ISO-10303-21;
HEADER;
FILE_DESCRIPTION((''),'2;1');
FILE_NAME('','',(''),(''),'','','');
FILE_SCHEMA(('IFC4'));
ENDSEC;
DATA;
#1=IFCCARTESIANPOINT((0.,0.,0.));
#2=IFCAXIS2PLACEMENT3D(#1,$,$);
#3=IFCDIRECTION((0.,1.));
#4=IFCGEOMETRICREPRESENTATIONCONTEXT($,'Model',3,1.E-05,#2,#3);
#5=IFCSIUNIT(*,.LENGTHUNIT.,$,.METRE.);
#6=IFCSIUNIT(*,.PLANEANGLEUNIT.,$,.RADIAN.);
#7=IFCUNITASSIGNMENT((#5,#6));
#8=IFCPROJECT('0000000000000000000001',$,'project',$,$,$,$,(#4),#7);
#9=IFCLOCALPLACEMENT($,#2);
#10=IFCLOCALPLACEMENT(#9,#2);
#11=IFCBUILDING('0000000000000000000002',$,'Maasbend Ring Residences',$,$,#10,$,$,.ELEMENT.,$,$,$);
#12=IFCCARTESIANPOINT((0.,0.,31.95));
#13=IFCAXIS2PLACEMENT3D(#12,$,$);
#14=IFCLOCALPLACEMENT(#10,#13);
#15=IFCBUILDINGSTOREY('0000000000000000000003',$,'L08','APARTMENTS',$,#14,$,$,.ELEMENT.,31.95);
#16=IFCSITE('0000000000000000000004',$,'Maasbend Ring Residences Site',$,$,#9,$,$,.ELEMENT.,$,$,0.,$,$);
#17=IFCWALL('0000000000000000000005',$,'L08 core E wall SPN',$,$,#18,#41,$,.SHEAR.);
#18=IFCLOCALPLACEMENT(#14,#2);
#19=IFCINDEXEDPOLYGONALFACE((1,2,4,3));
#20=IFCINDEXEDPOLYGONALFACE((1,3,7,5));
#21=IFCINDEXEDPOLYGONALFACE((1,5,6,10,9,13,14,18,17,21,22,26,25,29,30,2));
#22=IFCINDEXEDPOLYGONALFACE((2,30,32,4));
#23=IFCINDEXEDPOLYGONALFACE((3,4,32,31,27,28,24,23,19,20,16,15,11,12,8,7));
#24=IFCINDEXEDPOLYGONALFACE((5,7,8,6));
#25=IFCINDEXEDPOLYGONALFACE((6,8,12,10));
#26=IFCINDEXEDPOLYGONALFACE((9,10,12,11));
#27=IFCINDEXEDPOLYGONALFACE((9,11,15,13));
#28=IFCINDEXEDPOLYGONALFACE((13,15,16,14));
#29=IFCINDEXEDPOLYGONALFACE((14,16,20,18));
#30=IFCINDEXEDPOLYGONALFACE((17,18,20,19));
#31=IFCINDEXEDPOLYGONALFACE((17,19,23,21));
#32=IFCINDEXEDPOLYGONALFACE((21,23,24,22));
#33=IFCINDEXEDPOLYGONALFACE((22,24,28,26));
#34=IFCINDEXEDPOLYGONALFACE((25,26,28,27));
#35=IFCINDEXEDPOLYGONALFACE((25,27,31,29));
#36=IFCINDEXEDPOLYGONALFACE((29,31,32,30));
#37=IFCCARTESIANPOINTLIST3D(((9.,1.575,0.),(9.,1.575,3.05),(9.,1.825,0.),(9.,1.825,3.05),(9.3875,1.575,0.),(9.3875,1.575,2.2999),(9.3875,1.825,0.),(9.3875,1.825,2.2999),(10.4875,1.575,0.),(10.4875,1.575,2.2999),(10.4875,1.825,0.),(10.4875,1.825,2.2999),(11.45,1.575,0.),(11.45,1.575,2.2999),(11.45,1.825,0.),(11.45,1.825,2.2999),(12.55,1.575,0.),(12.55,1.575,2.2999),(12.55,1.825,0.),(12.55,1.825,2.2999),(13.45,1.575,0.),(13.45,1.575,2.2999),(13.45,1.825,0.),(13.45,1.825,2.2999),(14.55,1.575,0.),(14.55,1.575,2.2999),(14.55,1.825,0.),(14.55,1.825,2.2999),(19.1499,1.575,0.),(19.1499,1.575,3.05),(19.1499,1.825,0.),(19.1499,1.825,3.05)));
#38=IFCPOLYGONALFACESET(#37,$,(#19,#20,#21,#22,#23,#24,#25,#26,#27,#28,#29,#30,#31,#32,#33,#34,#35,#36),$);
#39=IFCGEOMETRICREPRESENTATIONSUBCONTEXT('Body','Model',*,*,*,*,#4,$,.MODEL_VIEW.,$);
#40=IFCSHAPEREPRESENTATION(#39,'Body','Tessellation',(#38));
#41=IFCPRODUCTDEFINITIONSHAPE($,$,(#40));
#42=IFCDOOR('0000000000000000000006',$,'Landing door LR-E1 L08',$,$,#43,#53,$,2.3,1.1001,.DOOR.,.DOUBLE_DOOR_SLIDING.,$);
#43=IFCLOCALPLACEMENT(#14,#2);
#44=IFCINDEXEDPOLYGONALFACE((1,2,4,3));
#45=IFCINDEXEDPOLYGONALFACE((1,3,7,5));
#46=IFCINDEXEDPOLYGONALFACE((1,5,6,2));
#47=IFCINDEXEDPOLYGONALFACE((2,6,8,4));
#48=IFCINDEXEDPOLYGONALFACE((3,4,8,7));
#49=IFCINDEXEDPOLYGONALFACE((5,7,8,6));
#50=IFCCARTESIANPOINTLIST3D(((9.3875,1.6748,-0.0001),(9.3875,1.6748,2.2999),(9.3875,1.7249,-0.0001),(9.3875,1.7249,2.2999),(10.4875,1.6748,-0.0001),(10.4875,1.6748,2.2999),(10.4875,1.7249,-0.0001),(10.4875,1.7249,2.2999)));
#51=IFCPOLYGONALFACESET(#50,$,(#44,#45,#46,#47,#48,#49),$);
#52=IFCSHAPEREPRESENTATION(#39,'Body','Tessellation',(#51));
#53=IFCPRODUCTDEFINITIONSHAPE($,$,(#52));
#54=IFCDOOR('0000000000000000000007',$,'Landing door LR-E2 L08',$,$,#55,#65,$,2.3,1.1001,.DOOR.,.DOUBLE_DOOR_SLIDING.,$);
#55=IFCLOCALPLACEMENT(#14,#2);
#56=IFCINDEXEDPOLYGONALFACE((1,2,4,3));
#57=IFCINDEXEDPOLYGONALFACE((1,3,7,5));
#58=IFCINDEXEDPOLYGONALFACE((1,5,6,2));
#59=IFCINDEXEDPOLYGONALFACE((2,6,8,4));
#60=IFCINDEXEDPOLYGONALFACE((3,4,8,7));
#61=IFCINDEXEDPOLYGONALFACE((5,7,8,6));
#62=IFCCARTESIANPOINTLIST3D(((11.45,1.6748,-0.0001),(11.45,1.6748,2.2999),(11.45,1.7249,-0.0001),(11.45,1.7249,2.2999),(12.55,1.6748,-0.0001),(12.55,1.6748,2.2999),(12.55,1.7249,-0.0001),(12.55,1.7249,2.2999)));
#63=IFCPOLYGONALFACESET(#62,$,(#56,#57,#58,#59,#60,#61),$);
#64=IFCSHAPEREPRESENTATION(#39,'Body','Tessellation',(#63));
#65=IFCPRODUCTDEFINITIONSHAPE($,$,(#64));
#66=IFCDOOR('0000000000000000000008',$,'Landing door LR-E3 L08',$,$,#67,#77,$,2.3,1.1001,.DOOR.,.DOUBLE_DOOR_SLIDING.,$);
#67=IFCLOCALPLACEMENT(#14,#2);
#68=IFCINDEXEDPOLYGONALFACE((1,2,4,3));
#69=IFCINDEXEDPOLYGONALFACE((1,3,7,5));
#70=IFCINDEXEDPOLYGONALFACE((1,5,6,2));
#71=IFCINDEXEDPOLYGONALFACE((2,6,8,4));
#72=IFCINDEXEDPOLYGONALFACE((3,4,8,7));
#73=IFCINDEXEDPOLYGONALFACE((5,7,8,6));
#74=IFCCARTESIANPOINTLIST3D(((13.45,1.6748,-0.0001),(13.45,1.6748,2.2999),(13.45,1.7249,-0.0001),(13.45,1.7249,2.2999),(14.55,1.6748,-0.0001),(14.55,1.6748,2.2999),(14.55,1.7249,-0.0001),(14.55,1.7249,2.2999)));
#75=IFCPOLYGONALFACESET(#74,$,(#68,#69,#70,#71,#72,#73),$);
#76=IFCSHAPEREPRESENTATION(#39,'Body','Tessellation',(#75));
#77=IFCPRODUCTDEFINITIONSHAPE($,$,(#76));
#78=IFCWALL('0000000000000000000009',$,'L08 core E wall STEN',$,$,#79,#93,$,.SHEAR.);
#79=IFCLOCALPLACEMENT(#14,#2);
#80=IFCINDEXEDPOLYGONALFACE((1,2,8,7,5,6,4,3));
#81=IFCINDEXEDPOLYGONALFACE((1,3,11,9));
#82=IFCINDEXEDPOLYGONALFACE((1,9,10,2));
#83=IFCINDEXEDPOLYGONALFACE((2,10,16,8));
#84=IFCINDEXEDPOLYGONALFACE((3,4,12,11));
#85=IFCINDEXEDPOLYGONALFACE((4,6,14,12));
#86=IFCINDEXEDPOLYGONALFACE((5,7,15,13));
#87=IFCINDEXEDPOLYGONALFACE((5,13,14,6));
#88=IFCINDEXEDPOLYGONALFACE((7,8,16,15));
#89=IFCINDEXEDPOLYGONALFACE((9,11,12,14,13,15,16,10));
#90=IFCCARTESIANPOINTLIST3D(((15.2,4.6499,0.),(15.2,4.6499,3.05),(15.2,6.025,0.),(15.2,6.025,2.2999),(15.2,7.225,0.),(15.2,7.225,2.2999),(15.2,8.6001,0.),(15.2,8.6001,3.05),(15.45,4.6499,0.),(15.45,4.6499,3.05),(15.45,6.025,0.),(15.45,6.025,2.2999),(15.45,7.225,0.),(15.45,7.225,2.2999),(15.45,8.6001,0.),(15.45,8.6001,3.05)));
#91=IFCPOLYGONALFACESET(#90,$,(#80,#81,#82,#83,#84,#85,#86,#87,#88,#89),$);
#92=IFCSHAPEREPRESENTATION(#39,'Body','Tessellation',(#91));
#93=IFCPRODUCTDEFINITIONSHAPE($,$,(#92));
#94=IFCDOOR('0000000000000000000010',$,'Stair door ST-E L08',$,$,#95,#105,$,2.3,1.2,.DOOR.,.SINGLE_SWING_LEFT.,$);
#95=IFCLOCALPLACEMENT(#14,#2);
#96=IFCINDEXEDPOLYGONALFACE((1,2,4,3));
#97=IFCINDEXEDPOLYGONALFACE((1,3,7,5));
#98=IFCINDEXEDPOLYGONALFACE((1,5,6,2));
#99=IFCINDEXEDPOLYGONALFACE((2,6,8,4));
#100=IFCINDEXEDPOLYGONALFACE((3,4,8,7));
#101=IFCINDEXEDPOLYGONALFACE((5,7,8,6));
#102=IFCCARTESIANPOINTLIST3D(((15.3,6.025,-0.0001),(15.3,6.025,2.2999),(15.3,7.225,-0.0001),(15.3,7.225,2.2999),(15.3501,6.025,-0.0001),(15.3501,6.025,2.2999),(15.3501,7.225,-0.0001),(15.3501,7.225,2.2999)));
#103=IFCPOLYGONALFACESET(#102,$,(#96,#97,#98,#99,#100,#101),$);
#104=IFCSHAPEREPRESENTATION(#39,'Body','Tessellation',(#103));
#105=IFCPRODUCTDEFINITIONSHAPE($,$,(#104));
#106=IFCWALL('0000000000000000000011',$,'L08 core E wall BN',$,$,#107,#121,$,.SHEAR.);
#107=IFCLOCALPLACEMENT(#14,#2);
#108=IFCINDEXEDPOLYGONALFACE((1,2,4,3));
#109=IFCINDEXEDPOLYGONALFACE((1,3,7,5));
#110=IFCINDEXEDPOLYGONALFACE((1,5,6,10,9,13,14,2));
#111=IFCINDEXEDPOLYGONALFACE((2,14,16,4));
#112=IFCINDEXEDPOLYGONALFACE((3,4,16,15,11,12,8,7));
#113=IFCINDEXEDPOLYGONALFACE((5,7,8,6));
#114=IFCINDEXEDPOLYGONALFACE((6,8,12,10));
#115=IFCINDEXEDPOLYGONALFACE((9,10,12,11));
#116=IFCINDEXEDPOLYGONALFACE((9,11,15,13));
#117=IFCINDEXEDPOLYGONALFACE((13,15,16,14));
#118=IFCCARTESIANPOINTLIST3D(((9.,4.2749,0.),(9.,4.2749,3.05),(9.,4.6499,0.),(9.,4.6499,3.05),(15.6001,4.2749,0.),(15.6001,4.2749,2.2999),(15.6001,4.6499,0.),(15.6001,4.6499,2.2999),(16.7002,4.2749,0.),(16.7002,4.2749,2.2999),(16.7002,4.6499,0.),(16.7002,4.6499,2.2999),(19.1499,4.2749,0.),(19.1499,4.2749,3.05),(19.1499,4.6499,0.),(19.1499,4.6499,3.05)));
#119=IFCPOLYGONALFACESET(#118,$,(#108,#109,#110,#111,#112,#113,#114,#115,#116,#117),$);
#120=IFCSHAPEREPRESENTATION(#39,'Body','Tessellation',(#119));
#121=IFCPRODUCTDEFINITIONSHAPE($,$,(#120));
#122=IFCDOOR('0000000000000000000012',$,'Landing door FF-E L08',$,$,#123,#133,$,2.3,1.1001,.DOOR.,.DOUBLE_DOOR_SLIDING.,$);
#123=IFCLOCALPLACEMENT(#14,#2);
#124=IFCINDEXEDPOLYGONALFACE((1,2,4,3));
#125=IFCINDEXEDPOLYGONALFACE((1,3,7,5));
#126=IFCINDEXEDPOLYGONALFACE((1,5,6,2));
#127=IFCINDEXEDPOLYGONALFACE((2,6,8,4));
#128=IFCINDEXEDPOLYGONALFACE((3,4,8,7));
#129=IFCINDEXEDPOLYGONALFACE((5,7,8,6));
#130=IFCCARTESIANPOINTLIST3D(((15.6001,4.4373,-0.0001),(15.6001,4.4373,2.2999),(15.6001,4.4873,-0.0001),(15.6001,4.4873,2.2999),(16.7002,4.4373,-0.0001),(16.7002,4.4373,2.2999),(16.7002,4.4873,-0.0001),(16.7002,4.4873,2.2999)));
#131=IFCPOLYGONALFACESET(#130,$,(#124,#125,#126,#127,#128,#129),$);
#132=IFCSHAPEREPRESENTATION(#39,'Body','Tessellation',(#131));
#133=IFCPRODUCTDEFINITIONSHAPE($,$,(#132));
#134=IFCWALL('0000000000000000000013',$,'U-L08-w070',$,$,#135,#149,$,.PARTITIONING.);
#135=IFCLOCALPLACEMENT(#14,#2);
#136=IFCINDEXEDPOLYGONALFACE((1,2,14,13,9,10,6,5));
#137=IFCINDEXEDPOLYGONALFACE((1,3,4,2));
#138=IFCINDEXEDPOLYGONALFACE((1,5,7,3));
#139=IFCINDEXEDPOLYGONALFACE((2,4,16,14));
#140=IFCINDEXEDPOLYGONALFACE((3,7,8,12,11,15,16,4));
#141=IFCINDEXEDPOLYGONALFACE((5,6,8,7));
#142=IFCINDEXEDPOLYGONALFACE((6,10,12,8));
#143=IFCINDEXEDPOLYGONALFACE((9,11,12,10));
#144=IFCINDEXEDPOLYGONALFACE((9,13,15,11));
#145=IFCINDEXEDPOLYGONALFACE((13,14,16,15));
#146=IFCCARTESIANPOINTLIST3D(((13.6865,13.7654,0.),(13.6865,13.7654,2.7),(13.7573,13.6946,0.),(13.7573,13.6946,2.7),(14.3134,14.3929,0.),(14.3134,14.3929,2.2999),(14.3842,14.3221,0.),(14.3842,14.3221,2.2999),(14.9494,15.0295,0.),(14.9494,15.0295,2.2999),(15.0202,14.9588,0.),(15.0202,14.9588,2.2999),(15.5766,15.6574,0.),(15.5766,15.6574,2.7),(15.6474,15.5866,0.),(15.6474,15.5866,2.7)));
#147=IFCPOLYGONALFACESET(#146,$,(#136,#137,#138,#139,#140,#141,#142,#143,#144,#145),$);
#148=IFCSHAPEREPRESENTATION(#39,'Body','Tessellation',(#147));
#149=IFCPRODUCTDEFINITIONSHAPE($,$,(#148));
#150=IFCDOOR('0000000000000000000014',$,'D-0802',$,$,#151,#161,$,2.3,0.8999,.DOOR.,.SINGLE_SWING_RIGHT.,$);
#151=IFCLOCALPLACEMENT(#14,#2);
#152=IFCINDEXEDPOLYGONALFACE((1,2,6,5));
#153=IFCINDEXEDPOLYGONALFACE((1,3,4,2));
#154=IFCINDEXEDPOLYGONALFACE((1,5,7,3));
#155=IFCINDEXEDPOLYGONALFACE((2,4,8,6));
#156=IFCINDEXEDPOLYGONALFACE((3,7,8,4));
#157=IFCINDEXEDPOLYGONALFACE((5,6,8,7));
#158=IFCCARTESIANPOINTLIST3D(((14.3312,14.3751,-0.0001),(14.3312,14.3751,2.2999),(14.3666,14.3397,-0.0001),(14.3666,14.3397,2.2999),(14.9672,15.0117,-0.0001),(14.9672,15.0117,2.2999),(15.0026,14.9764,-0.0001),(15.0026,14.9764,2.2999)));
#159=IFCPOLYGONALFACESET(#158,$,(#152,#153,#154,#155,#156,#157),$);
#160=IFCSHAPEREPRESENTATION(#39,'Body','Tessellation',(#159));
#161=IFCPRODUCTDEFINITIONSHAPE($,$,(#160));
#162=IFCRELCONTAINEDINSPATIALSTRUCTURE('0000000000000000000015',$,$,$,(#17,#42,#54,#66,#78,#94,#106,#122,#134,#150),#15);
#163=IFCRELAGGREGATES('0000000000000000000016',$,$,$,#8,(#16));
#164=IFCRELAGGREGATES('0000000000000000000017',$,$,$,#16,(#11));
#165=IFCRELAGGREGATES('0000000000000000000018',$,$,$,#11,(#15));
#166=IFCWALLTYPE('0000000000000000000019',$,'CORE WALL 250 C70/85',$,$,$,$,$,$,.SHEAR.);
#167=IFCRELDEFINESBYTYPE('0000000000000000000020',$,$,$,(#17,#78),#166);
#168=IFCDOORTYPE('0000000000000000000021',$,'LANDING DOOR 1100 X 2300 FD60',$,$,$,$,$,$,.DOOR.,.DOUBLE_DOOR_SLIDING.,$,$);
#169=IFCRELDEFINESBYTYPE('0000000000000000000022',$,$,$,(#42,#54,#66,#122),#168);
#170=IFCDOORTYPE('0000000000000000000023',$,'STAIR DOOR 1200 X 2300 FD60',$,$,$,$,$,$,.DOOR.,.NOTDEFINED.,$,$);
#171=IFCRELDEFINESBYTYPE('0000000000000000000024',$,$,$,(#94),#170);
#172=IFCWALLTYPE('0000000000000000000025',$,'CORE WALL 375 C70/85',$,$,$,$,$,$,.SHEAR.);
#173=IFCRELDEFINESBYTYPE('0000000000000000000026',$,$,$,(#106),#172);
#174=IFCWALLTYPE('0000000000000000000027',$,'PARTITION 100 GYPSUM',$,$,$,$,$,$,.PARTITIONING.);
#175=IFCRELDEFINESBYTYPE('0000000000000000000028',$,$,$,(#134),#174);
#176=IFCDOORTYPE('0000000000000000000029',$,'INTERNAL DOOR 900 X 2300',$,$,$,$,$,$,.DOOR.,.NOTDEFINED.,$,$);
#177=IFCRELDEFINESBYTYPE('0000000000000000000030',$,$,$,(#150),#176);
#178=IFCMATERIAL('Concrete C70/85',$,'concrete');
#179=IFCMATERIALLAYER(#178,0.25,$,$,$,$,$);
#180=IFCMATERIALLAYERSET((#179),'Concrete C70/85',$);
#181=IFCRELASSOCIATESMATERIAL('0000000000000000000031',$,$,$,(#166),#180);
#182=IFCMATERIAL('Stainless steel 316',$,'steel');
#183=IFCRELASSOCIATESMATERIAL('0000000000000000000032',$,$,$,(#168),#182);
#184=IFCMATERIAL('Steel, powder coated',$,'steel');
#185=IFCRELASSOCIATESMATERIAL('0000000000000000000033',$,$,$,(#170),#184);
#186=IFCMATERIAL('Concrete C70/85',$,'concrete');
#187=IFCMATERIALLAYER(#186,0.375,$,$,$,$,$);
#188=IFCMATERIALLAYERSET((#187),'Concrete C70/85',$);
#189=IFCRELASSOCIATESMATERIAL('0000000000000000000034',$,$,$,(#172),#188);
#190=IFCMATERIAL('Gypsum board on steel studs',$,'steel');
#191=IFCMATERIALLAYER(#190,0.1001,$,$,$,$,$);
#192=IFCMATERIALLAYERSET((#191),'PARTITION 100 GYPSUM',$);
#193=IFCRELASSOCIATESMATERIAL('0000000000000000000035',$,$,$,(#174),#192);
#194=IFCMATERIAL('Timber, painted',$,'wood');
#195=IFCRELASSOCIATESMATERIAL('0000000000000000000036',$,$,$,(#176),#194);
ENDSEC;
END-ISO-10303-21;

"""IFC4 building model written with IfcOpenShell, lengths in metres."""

from ifc_helpers import new_model, si_unit, direction, frame, frame_2d, origin, place, context, subcontext, project, spatial, rectangle, extrude, material, layer, layer_set, type_object, element, fill, save


model = new_model("IFC4")

# Units and contexts
model_context = context("Model", 3, precision=1e-05, world=origin(), true_north=direction((0.0, 1.0)))
body_context = subcontext(model_context, "Body", "Model", "MODEL_VIEW")
ifc_project = project(units=[si_unit("LENGTHUNIT", "METRE"), si_unit("PLANEANGLEUNIT", "RADIAN")], contexts=[model_context])

# Site, building, storey
site_placement = place(None, origin())
site = spatial("IfcSite", under=ifc_project, at=site_placement, Name="Maasbend Ring Residences Site", CompositionType="ELEMENT", RefElevation=0.0)
building_placement = place(site_placement, origin())
building = spatial("IfcBuilding", under=site, at=building_placement, Name="Maasbend Ring Residences", CompositionType="ELEMENT")
storey_placement = place(building_placement, frame((0.0, 0.0, 31.95)))
storey = spatial("IfcBuildingStorey", under=building, at=storey_placement, Name="L08", Description="APARTMENTS", CompositionType="ELEMENT", Elevation=31.95)

# Wall, openings, doors
ifc_material_1 = material(Name="Concrete C70/85", Category="concrete")
ifc_layer_1 = layer(ifc_material_1, 0.25)
ifc_layer_set_1 = layer_set([ifc_layer_1], Name="Concrete C70/85")
wall_type_1 = type_object("IfcWallType", Name="CORE WALL 250 C70/85", PredefinedType="SHEAR", material=ifc_layer_set_1)
wall_1_placement = place(storey_placement, frame((9.0, 1.7, 0.0), z_axis=(0.0, 0.0, 1.0), x_axis=(1.0, 0.0, 0.0)))
wall_1 = element("IfcWall", 1, at=wall_1_placement, inside=storey, type_object=wall_type_1, Name="L08 core E wall SPN", PredefinedType="SHEAR", context=body_context, shape_type="SweptSolid", body=[
    extrude(rectangle(XDim=10.1499, YDim=0.25, at=frame_2d((5.075, 0.0))), origin(), (0.0, 0.0, 1.0), 3.05),
])
opening_1_placement = place(wall_1_placement, frame((0.3875, 0.0, 0.0)))
opening_1 = element("IfcOpeningElement", 2, at=opening_1_placement, cuts=wall_1, PredefinedType="OPENING", context=body_context, shape_type="SweptSolid", body=[
    extrude(rectangle(XDim=1.1001, YDim=2.3, at=frame_2d((0.55, 1.1499))), frame((0.0, 0.135, 0.0), z_axis=(0.0, -1.0, 0.0), x_axis=(1.0, 0.0, 0.0)), (0.0, 0.0, 1.0), 0.27),
])
opening_2_placement = place(wall_1_placement, frame((2.45, 0.0, 0.0)))
opening_2 = element("IfcOpeningElement", 3, at=opening_2_placement, cuts=wall_1, PredefinedType="OPENING", context=body_context, shape_type="SweptSolid", body=[
    extrude(rectangle(XDim=1.1001, YDim=2.3, at=frame_2d((0.55, 1.1499))), frame((0.0, 0.135, 0.0), z_axis=(0.0, -1.0, 0.0), x_axis=(1.0, 0.0, 0.0)), (0.0, 0.0, 1.0), 0.27),
])
opening_3_placement = place(wall_1_placement, frame((4.45, 0.0, 0.0)))
opening_3 = element("IfcOpeningElement", 4, at=opening_3_placement, cuts=wall_1, PredefinedType="OPENING", context=body_context, shape_type="SweptSolid", body=[
    extrude(rectangle(XDim=1.1001, YDim=2.3, at=frame_2d((0.55, 1.1499))), frame((0.0, 0.135, 0.0), z_axis=(0.0, -1.0, 0.0), x_axis=(1.0, 0.0, 0.0)), (0.0, 0.0, 1.0), 0.27),
])
ifc_material_2 = material(Name="Stainless steel 316", Category="steel")
door_type_1 = type_object("IfcDoorType", Name="LANDING DOOR 1100 X 2300 FD60", OperationType="DOUBLE_DOOR_SLIDING", PredefinedType="DOOR", material=ifc_material_2)
door_1_placement = place(opening_1_placement, origin())
door_1 = element("IfcDoor", 5, at=door_1_placement, inside=storey, type_object=door_type_1, Name="Landing door LR-E1 L08", OperationType="DOUBLE_DOOR_SLIDING", OverallHeight=2.3, OverallWidth=1.1001, PredefinedType="DOOR", context=body_context, shape_type="SweptSolid", body=[
    extrude(rectangle(XDim=1.1001, YDim=2.3, at=frame_2d((0.55, 1.1499))), frame((0.0, 0.0249, 0.0), z_axis=(0.0, -1.0, 0.0), x_axis=(1.0, 0.0, 0.0)), (0.0, 0.0, 1.0), 0.05),
])
fill(opening_1, door_1)
door_2_placement = place(opening_2_placement, origin())
door_2 = element("IfcDoor", 6, at=door_2_placement, inside=storey, type_object=door_type_1, Name="Landing door LR-E2 L08", OperationType="DOUBLE_DOOR_SLIDING", OverallHeight=2.3, OverallWidth=1.1001, PredefinedType="DOOR", context=body_context, shape_type="SweptSolid", body=[
    extrude(rectangle(XDim=1.1001, YDim=2.3, at=frame_2d((0.55, 1.1499))), frame((0.0, 0.0249, 0.0), z_axis=(0.0, -1.0, 0.0), x_axis=(1.0, 0.0, 0.0)), (0.0, 0.0, 1.0), 0.05),
])
fill(opening_2, door_2)
door_3_placement = place(opening_3_placement, origin())
door_3 = element("IfcDoor", 7, at=door_3_placement, inside=storey, type_object=door_type_1, Name="Landing door LR-E3 L08", OperationType="DOUBLE_DOOR_SLIDING", OverallHeight=2.3, OverallWidth=1.1001, PredefinedType="DOOR", context=body_context, shape_type="SweptSolid", body=[
    extrude(rectangle(XDim=1.1001, YDim=2.3, at=frame_2d((0.55, 1.1499))), frame((0.0, 0.0249, 0.0), z_axis=(0.0, -1.0, 0.0), x_axis=(1.0, 0.0, 0.0)), (0.0, 0.0, 1.0), 0.05),
])
fill(opening_3, door_3)

# Walls, openings, doors
wall_2_placement = place(storey_placement, frame((15.325, 4.6499, 0.0), z_axis=(0.0, 0.0, 1.0), x_axis=(0.0, 1.0, 0.0)))
wall_2 = element("IfcWall", 8, at=wall_2_placement, inside=storey, type_object=wall_type_1, Name="L08 core E wall STEN", PredefinedType="SHEAR", context=body_context, shape_type="SweptSolid", body=[
    extrude(rectangle(XDim=3.9502, YDim=0.25, at=frame_2d((1.9751, 0.0))), origin(), (0.0, 0.0, 1.0), 3.05),
])
opening_4_placement = place(wall_2_placement, frame((1.375, 0.0, 0.0)))
opening_4 = element("IfcOpeningElement", 9, at=opening_4_placement, cuts=wall_2, PredefinedType="OPENING", context=body_context, shape_type="SweptSolid", body=[
    extrude(rectangle(XDim=1.2, YDim=2.3, at=frame_2d((0.6001, 1.1499))), frame((0.0, 0.135, 0.0), z_axis=(0.0, -1.0, 0.0), x_axis=(1.0, 0.0, 0.0)), (0.0, 0.0, 1.0), 0.27),
])
ifc_material_3 = material(Name="Steel, powder coated", Category="steel")
door_type_2 = type_object("IfcDoorType", Name="STAIR DOOR 1200 X 2300 FD60", OperationType="NOTDEFINED", PredefinedType="DOOR", material=ifc_material_3)
door_4_placement = place(opening_4_placement, origin())
door_4 = element("IfcDoor", 10, at=door_4_placement, inside=storey, type_object=door_type_2, Name="Stair door ST-E L08", OperationType="SINGLE_SWING_LEFT", OverallHeight=2.3, OverallWidth=1.2, PredefinedType="DOOR", context=body_context, shape_type="SweptSolid", body=[
    extrude(rectangle(XDim=1.2, YDim=2.3, at=frame_2d((0.6001, 1.1499))), frame((0.0, 0.0249, 0.0), z_axis=(0.0, -1.0, 0.0), x_axis=(1.0, 0.0, 0.0)), (0.0, 0.0, 1.0), 0.05),
])
fill(opening_4, door_4)
ifc_material_4 = material(Name="Concrete C70/85", Category="concrete")
ifc_layer_2 = layer(ifc_material_4, 0.375)
ifc_layer_set_2 = layer_set([ifc_layer_2], Name="Concrete C70/85")
wall_type_2 = type_object("IfcWallType", Name="CORE WALL 375 C70/85", PredefinedType="SHEAR", material=ifc_layer_set_2)
wall_3_placement = place(storey_placement, frame((9.0, 4.4624, 0.0), z_axis=(0.0, 0.0, 1.0), x_axis=(1.0, 0.0, 0.0)))
wall_3 = element("IfcWall", 11, at=wall_3_placement, inside=storey, type_object=wall_type_2, Name="L08 core E wall BN", PredefinedType="SHEAR", context=body_context, shape_type="SweptSolid", body=[
    extrude(rectangle(XDim=10.1499, YDim=0.375, at=frame_2d((5.075, 0.0))), origin(), (0.0, 0.0, 1.0), 3.05),
])
opening_5_placement = place(wall_3_placement, frame((6.6001, 0.0, 0.0)))
opening_5 = element("IfcOpeningElement", 12, at=opening_5_placement, cuts=wall_3, PredefinedType="OPENING", context=body_context, shape_type="SweptSolid", body=[
    extrude(rectangle(XDim=1.1001, YDim=2.3, at=frame_2d((0.55, 1.1499))), frame((0.0, 0.1975, 0.0), z_axis=(0.0, -1.0, 0.0), x_axis=(1.0, 0.0, 0.0)), (0.0, 0.0, 1.0), 0.395),
])
door_5_placement = place(opening_5_placement, origin())
door_5 = element("IfcDoor", 13, at=door_5_placement, inside=storey, type_object=door_type_1, Name="Landing door FF-E L08", OperationType="DOUBLE_DOOR_SLIDING", OverallHeight=2.3, OverallWidth=1.1001, PredefinedType="DOOR", context=body_context, shape_type="SweptSolid", body=[
    extrude(rectangle(XDim=1.1001, YDim=2.3, at=frame_2d((0.55, 1.1499))), frame((0.0, 0.0249, 0.0), z_axis=(0.0, -1.0, 0.0), x_axis=(1.0, 0.0, 0.0)), (0.0, 0.0, 1.0), 0.05),
])
fill(opening_5, door_5)
ifc_material_5 = material(Name="Gypsum board on steel studs", Category="steel")
ifc_layer_3 = layer(ifc_material_5, 0.1001)
ifc_layer_set_3 = layer_set([ifc_layer_3], Name="PARTITION 100 GYPSUM")
wall_type_3 = type_object("IfcWallType", Name="PARTITION 100 GYPSUM", PredefinedType="PARTITIONING", material=ifc_layer_set_3)
wall_4_placement = place(storey_placement, frame((13.7219, 13.73, 0.0), z_axis=(0.0, 0.0, 1.0), x_axis=(0.706742, 0.707472, 0.0)))
wall_4 = element("IfcWall", 14, at=wall_4_placement, inside=storey, type_object=wall_type_3, Name="U-L08-w070", PredefinedType="PARTITIONING", context=body_context, shape_type="SweptSolid", body=[
    extrude(rectangle(XDim=2.6743, YDim=0.1001, at=frame_2d((1.3372, 0.0))), origin(), (0.0, 0.0, 1.0), 2.7),
])
opening_6_placement = place(wall_4_placement, frame((0.887, 0.0, 0.0)))
opening_6 = element("IfcOpeningElement", 15, at=opening_6_placement, cuts=wall_4, PredefinedType="OPENING", context=body_context, shape_type="SweptSolid", body=[
    extrude(rectangle(XDim=0.8999, YDim=2.3, at=frame_2d((0.45, 1.1499))), frame((0.0, 0.0601, 0.0), z_axis=(0.0, -1.0, 0.0), x_axis=(1.0, 0.0, 0.0)), (0.0, 0.0, 1.0), 0.1201),
])
ifc_material_6 = material(Name="Timber, painted", Category="wood")
door_type_3 = type_object("IfcDoorType", Name="INTERNAL DOOR 900 X 2300", OperationType="NOTDEFINED", PredefinedType="DOOR", material=ifc_material_6)
door_6_placement = place(opening_6_placement, origin())
door_6 = element("IfcDoor", 16, at=door_6_placement, inside=storey, type_object=door_type_3, Name="D-0802", OperationType="SINGLE_SWING_RIGHT", OverallHeight=2.3, OverallWidth=0.8999, PredefinedType="DOOR", context=body_context, shape_type="SweptSolid", body=[
    extrude(rectangle(XDim=0.8999, YDim=2.3, at=frame_2d((0.45, 1.1499))), frame((0.0, 0.0249, 0.0), z_axis=(0.0, -1.0, 0.0), x_axis=(1.0, 0.0, 0.0)), (0.0, 0.0, 1.0), 0.05),
])
fill(opening_6, door_6)

save(model, "model.ifc")
